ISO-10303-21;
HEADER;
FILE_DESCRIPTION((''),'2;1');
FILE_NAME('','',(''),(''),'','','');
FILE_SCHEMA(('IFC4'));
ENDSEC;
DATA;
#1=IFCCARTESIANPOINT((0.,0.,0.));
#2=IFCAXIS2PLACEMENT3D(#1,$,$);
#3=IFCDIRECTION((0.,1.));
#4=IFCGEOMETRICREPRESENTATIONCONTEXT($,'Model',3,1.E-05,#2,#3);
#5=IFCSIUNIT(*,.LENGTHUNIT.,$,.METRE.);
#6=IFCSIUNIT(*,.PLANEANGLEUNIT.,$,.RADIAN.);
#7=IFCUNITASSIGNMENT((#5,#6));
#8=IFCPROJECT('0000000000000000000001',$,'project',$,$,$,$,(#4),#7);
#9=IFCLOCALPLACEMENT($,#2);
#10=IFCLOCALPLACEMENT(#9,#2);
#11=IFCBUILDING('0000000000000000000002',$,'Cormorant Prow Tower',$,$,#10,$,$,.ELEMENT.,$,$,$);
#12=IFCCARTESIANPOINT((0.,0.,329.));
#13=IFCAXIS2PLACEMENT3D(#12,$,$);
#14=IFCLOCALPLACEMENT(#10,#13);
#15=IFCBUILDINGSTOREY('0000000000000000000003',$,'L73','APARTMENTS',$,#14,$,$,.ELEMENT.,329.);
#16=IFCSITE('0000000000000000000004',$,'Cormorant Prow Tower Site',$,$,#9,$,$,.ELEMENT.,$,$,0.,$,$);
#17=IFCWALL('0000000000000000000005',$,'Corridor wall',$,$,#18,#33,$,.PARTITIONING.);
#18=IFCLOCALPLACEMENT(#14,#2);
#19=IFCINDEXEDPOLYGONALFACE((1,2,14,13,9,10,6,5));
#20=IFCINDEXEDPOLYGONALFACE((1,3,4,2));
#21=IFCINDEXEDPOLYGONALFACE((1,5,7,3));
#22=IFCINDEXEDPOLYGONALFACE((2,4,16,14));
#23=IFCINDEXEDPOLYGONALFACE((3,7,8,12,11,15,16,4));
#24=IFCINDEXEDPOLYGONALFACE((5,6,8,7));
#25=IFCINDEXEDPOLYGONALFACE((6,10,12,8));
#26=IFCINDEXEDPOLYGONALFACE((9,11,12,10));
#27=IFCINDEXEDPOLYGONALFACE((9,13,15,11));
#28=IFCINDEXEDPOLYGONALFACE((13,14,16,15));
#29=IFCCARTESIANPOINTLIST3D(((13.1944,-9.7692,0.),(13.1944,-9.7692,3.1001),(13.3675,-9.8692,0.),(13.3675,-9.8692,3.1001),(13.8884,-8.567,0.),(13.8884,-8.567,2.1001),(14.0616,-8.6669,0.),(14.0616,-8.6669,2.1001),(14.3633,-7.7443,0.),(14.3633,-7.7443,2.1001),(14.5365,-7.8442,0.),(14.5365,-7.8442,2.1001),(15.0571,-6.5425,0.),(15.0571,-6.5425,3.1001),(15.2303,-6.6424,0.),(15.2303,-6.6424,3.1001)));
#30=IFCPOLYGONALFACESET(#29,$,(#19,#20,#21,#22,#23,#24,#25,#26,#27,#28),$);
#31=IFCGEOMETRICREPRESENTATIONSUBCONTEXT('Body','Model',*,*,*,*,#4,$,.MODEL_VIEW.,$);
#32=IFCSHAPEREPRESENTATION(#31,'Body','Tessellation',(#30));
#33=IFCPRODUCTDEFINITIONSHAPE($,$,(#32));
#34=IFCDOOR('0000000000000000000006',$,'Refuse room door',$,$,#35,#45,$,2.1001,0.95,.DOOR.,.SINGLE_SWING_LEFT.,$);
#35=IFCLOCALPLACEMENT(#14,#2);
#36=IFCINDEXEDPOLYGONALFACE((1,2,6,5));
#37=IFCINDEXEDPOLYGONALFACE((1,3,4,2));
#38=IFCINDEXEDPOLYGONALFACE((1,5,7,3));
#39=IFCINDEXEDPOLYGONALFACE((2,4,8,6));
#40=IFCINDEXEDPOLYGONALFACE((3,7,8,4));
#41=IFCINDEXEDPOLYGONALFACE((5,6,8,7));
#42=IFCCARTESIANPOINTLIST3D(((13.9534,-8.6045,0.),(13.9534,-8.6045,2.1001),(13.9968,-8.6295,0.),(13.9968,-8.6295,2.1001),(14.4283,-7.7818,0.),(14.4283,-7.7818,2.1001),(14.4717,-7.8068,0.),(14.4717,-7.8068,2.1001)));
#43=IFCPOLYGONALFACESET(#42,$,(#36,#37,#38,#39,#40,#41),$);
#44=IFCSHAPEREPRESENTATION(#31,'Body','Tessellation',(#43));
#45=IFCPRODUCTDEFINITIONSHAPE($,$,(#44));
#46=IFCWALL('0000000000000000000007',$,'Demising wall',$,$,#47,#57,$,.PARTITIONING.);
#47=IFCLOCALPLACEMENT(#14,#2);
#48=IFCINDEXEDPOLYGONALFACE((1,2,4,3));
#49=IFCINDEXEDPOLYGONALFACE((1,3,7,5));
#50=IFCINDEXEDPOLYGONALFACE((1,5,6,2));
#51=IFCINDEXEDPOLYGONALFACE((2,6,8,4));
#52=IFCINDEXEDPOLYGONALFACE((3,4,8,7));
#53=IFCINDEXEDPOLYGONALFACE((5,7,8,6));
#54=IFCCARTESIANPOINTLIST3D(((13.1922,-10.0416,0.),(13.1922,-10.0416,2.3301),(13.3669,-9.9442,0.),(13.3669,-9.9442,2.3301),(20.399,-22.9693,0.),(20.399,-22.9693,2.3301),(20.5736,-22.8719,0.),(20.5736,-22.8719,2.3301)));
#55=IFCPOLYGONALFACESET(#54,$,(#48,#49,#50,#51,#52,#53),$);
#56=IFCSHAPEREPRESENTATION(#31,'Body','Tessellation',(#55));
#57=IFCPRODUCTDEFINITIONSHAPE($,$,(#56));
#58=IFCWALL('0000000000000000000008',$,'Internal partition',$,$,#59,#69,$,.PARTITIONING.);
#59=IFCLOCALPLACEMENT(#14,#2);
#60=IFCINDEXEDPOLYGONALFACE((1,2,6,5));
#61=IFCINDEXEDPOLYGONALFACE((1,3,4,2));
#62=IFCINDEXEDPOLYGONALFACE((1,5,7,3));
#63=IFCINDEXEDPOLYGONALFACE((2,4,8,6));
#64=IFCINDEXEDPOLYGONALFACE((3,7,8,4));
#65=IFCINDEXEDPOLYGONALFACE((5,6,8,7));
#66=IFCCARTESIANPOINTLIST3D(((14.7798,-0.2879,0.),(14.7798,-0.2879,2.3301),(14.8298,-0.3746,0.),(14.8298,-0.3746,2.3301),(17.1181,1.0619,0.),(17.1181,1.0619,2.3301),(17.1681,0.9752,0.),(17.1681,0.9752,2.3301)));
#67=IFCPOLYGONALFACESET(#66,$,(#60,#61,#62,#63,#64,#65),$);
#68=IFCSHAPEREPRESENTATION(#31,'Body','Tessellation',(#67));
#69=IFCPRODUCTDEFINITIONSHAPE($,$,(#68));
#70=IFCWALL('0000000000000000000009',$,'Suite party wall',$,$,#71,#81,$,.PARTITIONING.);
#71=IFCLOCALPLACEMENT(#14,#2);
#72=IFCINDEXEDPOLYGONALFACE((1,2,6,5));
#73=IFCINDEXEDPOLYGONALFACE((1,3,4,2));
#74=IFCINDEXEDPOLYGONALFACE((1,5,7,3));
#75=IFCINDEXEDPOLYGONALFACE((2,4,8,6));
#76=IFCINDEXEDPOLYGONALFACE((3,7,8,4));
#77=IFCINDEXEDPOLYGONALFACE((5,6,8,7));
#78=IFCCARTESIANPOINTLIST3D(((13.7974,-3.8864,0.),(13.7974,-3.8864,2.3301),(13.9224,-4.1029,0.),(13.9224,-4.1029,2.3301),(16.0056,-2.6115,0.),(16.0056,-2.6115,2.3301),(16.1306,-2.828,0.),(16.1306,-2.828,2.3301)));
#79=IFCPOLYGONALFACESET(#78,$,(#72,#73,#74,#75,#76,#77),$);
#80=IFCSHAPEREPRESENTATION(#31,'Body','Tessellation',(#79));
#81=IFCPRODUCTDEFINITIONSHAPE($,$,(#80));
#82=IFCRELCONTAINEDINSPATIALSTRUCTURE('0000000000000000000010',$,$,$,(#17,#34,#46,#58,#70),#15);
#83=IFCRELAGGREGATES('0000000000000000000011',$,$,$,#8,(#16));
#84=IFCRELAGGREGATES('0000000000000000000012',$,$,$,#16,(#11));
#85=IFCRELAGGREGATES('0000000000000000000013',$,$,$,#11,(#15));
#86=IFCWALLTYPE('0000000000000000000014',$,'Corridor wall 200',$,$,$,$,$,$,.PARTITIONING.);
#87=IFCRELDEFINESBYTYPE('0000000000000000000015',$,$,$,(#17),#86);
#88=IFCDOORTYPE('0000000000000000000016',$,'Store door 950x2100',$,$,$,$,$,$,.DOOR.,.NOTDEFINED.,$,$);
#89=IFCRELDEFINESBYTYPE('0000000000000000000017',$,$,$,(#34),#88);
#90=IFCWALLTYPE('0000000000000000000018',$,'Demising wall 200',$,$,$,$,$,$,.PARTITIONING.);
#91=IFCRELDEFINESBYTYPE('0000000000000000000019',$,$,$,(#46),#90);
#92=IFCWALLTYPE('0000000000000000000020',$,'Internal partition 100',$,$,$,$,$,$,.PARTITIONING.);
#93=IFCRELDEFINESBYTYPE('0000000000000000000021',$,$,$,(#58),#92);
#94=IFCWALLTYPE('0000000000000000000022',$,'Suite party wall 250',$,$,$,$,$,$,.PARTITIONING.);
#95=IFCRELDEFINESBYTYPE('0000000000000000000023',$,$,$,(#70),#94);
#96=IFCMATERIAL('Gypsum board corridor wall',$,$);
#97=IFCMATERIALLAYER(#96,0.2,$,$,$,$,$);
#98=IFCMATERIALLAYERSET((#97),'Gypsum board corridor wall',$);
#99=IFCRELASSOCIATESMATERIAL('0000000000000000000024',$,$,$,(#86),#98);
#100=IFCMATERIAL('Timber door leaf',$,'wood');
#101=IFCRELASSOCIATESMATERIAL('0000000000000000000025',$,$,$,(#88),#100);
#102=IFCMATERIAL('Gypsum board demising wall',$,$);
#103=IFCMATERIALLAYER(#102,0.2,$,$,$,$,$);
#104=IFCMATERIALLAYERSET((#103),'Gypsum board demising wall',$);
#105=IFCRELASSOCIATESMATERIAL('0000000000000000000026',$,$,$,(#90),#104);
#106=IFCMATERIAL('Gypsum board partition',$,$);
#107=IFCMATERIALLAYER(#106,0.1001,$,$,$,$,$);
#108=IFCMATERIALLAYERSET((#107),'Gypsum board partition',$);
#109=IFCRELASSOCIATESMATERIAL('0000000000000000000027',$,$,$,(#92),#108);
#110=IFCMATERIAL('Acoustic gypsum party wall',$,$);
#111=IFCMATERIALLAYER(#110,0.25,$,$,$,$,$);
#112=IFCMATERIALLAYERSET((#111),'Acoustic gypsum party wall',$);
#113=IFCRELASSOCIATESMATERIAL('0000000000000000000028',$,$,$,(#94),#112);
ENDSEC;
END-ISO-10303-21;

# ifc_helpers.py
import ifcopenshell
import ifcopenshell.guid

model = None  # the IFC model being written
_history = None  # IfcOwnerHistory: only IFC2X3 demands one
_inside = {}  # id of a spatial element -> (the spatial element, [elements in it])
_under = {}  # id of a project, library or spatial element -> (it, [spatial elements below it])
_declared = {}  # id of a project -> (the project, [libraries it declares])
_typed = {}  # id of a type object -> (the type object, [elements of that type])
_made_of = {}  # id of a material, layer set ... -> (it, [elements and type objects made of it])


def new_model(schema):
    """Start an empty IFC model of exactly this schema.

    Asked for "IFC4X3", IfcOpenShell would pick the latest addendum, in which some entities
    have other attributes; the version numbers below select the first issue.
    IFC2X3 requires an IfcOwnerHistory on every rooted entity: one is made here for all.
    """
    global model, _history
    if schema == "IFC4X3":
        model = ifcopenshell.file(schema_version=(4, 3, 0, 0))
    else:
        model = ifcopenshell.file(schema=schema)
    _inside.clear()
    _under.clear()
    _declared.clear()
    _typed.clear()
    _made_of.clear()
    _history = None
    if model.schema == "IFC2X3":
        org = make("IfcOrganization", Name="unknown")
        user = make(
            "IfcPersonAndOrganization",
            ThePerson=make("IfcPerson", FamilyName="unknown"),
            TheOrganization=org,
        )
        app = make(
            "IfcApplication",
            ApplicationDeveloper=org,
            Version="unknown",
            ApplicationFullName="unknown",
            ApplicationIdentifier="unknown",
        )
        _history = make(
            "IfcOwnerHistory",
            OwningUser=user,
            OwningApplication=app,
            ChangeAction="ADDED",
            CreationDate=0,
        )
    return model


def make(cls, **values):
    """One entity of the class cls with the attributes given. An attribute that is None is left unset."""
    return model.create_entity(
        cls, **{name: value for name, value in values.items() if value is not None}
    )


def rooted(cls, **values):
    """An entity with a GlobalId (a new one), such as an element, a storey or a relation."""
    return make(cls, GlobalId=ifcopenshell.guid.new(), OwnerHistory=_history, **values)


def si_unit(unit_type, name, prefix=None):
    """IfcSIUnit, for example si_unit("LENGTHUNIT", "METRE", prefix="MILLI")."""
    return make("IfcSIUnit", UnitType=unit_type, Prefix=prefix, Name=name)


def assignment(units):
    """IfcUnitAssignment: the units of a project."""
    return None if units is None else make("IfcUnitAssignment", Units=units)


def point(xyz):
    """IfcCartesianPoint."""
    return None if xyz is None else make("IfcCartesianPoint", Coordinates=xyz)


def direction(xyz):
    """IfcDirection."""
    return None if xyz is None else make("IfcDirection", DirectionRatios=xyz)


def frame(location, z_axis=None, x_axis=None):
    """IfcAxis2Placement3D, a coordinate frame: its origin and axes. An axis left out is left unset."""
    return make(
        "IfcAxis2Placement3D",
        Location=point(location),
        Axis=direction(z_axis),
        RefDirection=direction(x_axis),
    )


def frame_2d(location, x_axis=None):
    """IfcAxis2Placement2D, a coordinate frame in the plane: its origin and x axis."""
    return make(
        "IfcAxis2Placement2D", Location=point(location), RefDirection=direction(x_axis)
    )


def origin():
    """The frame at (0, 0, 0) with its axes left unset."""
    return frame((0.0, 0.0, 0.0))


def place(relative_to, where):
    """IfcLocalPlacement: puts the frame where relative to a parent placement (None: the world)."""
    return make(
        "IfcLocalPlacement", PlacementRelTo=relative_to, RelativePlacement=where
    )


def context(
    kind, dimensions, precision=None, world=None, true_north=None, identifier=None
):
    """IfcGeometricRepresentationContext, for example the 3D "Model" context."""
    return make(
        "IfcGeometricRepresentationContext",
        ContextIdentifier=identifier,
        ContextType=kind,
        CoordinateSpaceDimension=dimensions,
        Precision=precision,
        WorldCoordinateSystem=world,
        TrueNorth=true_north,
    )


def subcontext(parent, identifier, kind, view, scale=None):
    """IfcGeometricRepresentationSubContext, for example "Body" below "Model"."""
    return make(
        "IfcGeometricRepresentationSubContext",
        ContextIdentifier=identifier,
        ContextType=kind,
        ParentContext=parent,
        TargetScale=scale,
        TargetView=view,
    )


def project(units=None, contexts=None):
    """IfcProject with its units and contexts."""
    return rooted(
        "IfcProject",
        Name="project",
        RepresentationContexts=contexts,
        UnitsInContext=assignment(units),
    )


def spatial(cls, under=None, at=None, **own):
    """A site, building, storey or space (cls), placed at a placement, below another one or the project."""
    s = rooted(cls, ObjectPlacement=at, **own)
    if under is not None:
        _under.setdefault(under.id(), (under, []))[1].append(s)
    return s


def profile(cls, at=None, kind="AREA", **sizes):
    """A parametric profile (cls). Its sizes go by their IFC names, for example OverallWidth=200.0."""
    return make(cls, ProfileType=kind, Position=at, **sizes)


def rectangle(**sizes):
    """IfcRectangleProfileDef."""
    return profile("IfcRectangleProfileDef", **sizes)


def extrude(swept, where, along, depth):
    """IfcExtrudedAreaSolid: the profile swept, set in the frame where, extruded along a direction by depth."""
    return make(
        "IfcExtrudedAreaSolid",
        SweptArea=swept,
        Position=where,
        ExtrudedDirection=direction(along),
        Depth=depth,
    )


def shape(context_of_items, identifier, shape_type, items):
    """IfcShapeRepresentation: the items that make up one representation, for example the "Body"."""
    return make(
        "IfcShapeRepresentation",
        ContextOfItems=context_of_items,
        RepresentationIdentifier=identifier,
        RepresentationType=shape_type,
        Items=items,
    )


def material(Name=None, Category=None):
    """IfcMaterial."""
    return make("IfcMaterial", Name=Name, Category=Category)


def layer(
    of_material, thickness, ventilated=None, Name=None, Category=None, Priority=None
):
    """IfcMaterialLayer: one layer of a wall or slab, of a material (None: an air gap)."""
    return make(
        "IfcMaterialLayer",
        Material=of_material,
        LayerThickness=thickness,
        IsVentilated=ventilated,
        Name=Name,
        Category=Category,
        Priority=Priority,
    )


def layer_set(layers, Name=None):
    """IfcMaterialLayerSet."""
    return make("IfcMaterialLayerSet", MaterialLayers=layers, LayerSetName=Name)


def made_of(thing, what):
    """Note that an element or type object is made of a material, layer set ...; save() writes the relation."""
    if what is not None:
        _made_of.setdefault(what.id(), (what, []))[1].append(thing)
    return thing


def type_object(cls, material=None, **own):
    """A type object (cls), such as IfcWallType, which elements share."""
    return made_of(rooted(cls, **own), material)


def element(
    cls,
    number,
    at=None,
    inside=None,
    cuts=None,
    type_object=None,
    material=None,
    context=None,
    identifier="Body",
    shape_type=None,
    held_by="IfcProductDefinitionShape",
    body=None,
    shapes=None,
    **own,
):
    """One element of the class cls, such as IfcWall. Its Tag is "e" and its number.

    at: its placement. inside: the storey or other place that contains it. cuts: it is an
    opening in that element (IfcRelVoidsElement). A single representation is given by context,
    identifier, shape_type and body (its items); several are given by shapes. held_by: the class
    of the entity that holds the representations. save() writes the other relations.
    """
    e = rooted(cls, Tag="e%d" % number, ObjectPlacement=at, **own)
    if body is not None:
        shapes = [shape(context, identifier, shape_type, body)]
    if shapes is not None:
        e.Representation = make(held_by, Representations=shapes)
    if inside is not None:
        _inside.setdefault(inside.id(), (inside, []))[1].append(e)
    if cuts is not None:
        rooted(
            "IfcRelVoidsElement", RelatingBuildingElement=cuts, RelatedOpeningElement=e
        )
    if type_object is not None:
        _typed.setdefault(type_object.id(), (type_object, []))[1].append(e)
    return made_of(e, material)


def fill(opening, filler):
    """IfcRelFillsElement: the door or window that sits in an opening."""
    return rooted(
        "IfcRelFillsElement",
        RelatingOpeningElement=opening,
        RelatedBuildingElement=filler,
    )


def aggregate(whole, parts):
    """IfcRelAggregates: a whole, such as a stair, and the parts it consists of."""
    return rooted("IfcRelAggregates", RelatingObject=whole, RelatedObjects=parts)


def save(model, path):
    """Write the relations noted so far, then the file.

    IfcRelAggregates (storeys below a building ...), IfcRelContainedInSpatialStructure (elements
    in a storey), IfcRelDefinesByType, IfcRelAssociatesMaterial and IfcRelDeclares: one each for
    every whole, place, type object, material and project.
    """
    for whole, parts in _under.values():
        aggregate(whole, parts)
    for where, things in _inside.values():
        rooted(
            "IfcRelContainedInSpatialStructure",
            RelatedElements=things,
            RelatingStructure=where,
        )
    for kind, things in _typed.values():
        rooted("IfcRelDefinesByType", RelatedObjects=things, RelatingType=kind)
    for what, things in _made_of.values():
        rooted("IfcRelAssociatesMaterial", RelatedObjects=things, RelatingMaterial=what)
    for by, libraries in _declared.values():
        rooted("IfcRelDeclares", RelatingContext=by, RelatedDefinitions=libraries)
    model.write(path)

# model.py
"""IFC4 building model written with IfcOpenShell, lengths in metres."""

from ifc_helpers import new_model, si_unit, direction, frame, frame_2d, origin, place, context, subcontext, project, spatial, rectangle, extrude, material, layer, layer_set, type_object, element, fill, save


model = new_model("IFC4")

# Units and contexts
model_context = context("Model", 3, precision=1e-05, world=origin(), true_north=direction((0.0, 1.0)))
body_context = subcontext(model_context, "Body", "Model", "MODEL_VIEW")
ifc_project = project(units=[si_unit("LENGTHUNIT", "METRE"), si_unit("PLANEANGLEUNIT", "RADIAN")], contexts=[model_context])

# Site, building, storey
site_placement = place(None, origin())
site = spatial("IfcSite", under=ifc_project, at=site_placement, Name="Cormorant Prow Tower Site", CompositionType="ELEMENT", RefElevation=0.0)
building_placement = place(site_placement, origin())
building = spatial("IfcBuilding", under=site, at=building_placement, Name="Cormorant Prow Tower", CompositionType="ELEMENT")
storey_placement = place(building_placement, frame((0.0, 0.0, 329.0)))
storey = spatial("IfcBuildingStorey", under=building, at=storey_placement, Name="L73", Description="APARTMENTS", CompositionType="ELEMENT", Elevation=329.0)

# Shared definitions
ifc_material_1 = material(Name="Gypsum board corridor wall")
ifc_layer_1 = layer(ifc_material_1, 0.2)
ifc_layer_set_1 = layer_set([ifc_layer_1], Name="Gypsum board corridor wall")
wall_type_1 = type_object("IfcWallType", Name="Corridor wall 200", PredefinedType="PARTITIONING", material=ifc_layer_set_1)

# Wall, opening, door
wall_1_placement = place(storey_placement, frame((13.281, -9.8191, 0.0), z_axis=(0.0, 0.0, 1.0), x_axis=(0.499959, 0.866049, 0.0)))
wall_1 = element("IfcWall", 1, at=wall_1_placement, inside=storey, type_object=wall_type_1, Name="Corridor wall", PredefinedType="PARTITIONING", context=body_context, shape_type="SweptSolid", body=[
    extrude(rectangle(XDim=3.7258, YDim=0.2, at=frame_2d((1.8628, 0.0))), origin(), (0.0, 0.0, 1.0), 3.1001),
])
opening_1_placement = place(wall_1_placement, frame((1.3879, 0.0, 0.0)))
opening_1 = element("IfcOpeningElement", 2, at=opening_1_placement, cuts=wall_1, PredefinedType="OPENING", context=body_context, shape_type="SweptSolid", body=[
    extrude(rectangle(XDim=0.95, YDim=2.1001, at=frame_2d((0.4751, 1.05))), frame((0.0, 0.1099, 0.0), z_axis=(0.0, -1.0, 0.0), x_axis=(1.0, 0.0, 0.0)), (0.0, 0.0, 1.0), 0.22),
])
ifc_material_2 = material(Name="Timber door leaf", Category="wood")
door_type_1 = type_object("IfcDoorType", Name="Store door 950x2100", OperationType="NOTDEFINED", PredefinedType="DOOR", material=ifc_material_2)
door_1_placement = place(opening_1_placement, origin())
door_1 = element("IfcDoor", 3, at=door_1_placement, inside=storey, type_object=door_type_1, Name="Refuse room door", OperationType="SINGLE_SWING_LEFT", OverallHeight=2.1001, OverallWidth=0.95, PredefinedType="DOOR", context=body_context, shape_type="SweptSolid", body=[
    extrude(rectangle(XDim=0.95, YDim=2.1001, at=frame_2d((0.4751, 1.05))), frame((0.0, 0.0249, 0.0), z_axis=(0.0, -1.0, 0.0), x_axis=(1.0, 0.0, 0.0)), (0.0, 0.0, 1.0), 0.05),
])
fill(opening_1, door_1)

# Walls
ifc_material_3 = material(Name="Gypsum board demising wall")
ifc_layer_2 = layer(ifc_material_3, 0.2)
ifc_layer_set_2 = layer_set([ifc_layer_2], Name="Gypsum board demising wall")
wall_type_2 = type_object("IfcWallType", Name="Demising wall 200", PredefinedType="PARTITIONING", material=ifc_layer_set_2)
wall_2_placement = place(storey_placement, frame((13.2795, -9.9929, 0.0), z_axis=(0.0, 0.0, 1.0), x_axis=(0.486918, -0.873448, 0.0)))
element("IfcWall", 4, at=wall_2_placement, inside=storey, type_object=wall_type_2, Name="Demising wall", PredefinedType="PARTITIONING", context=body_context, shape_type="SweptSolid", body=[
    extrude(rectangle(XDim=14.8008, YDim=0.2, at=frame_2d((7.4004, 0.0))), origin(), (0.0, 0.0, 1.0), 2.3301),
])
ifc_material_4 = material(Name="Gypsum board partition")
ifc_layer_3 = layer(ifc_material_4, 0.1001)
ifc_layer_set_3 = layer_set([ifc_layer_3], Name="Gypsum board partition")
wall_type_3 = type_object("IfcWallType", Name="Internal partition 100", PredefinedType="PARTITIONING", material=ifc_layer_set_3)
wall_3_placement = place(storey_placement, frame((14.8047, -0.3313, 0.0), z_axis=(0.0, 0.0, 1.0), x_axis=(0.866059, 0.499942, 0.0)))
element("IfcWall", 5, at=wall_3_placement, inside=storey, type_object=wall_type_3, Name="Internal partition", PredefinedType="PARTITIONING", context=body_context, shape_type="SweptSolid", body=[
    extrude(rectangle(XDim=2.7, YDim=0.1001, at=frame_2d((1.3501, 0.0))), origin(), (0.0, 0.0, 1.0), 2.3301),
])
ifc_material_5 = material(Name="Acoustic gypsum party wall")
ifc_layer_4 = layer(ifc_material_5, 0.25)
ifc_layer_set_4 = layer_set([ifc_layer_4], Name="Acoustic gypsum party wall")
wall_type_4 = type_object("IfcWallType", Name="Suite party wall 250", PredefinedType="PARTITIONING", material=ifc_layer_set_4)
wall_4_placement = place(storey_placement, frame((13.8599, -3.9946, 0.0), z_axis=(0.0, 0.0, 1.0), x_axis=(0.866031, 0.49999, 0.0)))
element("IfcWall", 6, at=wall_4_placement, inside=storey, type_object=wall_type_4, Name="Suite party wall", PredefinedType="PARTITIONING", context=body_context, shape_type="SweptSolid", body=[
    extrude(rectangle(XDim=2.5498, YDim=0.25, at=frame_2d((1.2749, 0.0))), origin(), (0.0, 0.0, 1.0), 2.3301),
])

save(model, "model.ifc")
